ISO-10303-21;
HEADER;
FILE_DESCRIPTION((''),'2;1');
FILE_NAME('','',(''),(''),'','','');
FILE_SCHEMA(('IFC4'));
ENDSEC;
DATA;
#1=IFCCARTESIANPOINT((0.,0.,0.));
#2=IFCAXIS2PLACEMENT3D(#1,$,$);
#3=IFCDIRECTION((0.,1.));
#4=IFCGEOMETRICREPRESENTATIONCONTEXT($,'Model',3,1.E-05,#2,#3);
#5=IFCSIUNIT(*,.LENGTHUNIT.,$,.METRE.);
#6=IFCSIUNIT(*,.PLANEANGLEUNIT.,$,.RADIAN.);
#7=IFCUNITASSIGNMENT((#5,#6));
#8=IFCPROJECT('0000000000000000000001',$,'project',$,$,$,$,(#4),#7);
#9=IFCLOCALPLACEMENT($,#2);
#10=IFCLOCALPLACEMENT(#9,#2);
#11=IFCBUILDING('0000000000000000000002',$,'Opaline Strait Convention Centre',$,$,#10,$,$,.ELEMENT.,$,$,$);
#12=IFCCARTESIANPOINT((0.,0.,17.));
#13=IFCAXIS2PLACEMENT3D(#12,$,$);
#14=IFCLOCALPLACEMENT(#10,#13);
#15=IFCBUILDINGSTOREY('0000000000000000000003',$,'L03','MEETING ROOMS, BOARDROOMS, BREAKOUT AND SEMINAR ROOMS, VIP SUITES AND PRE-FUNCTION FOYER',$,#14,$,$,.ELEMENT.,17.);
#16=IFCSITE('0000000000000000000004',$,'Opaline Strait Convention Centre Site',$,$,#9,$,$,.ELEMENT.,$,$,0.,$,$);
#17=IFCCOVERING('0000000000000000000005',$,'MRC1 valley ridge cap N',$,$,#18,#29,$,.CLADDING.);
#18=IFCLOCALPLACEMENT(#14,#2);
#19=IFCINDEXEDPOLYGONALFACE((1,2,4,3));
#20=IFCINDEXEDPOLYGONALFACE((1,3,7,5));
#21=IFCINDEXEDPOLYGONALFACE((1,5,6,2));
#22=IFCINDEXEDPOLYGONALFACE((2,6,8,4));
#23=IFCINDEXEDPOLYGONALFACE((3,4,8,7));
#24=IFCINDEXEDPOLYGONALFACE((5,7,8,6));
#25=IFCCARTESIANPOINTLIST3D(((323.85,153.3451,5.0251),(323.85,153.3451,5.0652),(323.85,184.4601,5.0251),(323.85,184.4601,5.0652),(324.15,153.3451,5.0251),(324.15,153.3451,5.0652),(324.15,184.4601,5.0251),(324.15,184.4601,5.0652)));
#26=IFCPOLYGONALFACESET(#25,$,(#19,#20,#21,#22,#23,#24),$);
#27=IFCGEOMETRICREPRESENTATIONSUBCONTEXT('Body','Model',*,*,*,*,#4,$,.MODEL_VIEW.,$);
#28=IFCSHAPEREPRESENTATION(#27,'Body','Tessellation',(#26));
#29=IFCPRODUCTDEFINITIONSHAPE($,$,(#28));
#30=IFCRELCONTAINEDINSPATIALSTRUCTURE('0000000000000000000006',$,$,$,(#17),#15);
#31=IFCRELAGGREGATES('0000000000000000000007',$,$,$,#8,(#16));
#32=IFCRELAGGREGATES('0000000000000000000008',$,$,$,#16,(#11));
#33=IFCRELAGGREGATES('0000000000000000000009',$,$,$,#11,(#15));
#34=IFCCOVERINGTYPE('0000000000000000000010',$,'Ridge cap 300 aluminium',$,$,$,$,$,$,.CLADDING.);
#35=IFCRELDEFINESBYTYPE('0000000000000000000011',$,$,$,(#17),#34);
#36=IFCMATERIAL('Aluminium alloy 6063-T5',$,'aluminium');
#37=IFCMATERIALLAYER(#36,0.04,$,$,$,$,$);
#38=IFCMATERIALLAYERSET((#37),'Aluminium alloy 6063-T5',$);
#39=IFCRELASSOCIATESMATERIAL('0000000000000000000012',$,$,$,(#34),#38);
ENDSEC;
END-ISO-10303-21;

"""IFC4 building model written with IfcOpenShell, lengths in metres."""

from ifc_helpers import new_model, si_unit, direction, frame, origin, origin_2d, place, context, subcontext, project, spatial, rectangle, extrude, material, layer, layer_set, type_object, element, save


model = new_model("IFC4")

# Units and contexts
model_context = context("Model", 3, precision=1e-05, world=origin(), true_north=direction((0.0, 1.0)))
body_context = subcontext(model_context, "Body", "Model", "MODEL_VIEW")
ifc_project = project(units=[si_unit("LENGTHUNIT", "METRE"), si_unit("PLANEANGLEUNIT", "RADIAN")], contexts=[model_context])

# Site, building, storey
site_placement = place(None, origin())
site = spatial("IfcSite", under=ifc_project, at=site_placement, Name="Opaline Strait Convention Centre Site", CompositionType="ELEMENT", RefElevation=0.0)
building_placement = place(site_placement, origin())
building = spatial("IfcBuilding", under=site, at=building_placement, Name="Opaline Strait Convention Centre", CompositionType="ELEMENT")
storey_placement = place(building_placement, frame((0.0, 0.0, 17.0)))
storey = spatial("IfcBuildingStorey", under=building, at=storey_placement, Name="L03", Description="MEETING ROOMS, BOARDROOMS, BREAKOUT AND SEMINAR ROOMS, VIP SUITES AND PRE-FUNCTION FOYER", CompositionType="ELEMENT", Elevation=17.0)

# Covering
ifc_material_1 = material(Name="Aluminium alloy 6063-T5", Category="aluminium")
ifc_layer_1 = layer(ifc_material_1, 0.04)
ifc_layer_set_1 = layer_set([ifc_layer_1], Name="Aluminium alloy 6063-T5")
covering_type = type_object("IfcCoveringType", Name="Ridge cap 300 aluminium", PredefinedType="CLADDING", material=ifc_layer_set_1)
covering_placement = place(storey_placement, frame((324.0, 168.9026, 5.0251), z_axis=(0.0, 0.0, 1.0), x_axis=(1.0, 0.0, 0.0)))
element("IfcCovering", 1, at=covering_placement, inside=storey, type_object=covering_type, Name="MRC1 valley ridge cap N", PredefinedType="CLADDING", context=body_context, shape_type="SweptSolid", body=[
    extrude(rectangle(XDim=0.3, YDim=31.115, at=origin_2d()), origin(), (0.0, 0.0, 1.0), 0.04),
])

save(model, "model.ifc")
